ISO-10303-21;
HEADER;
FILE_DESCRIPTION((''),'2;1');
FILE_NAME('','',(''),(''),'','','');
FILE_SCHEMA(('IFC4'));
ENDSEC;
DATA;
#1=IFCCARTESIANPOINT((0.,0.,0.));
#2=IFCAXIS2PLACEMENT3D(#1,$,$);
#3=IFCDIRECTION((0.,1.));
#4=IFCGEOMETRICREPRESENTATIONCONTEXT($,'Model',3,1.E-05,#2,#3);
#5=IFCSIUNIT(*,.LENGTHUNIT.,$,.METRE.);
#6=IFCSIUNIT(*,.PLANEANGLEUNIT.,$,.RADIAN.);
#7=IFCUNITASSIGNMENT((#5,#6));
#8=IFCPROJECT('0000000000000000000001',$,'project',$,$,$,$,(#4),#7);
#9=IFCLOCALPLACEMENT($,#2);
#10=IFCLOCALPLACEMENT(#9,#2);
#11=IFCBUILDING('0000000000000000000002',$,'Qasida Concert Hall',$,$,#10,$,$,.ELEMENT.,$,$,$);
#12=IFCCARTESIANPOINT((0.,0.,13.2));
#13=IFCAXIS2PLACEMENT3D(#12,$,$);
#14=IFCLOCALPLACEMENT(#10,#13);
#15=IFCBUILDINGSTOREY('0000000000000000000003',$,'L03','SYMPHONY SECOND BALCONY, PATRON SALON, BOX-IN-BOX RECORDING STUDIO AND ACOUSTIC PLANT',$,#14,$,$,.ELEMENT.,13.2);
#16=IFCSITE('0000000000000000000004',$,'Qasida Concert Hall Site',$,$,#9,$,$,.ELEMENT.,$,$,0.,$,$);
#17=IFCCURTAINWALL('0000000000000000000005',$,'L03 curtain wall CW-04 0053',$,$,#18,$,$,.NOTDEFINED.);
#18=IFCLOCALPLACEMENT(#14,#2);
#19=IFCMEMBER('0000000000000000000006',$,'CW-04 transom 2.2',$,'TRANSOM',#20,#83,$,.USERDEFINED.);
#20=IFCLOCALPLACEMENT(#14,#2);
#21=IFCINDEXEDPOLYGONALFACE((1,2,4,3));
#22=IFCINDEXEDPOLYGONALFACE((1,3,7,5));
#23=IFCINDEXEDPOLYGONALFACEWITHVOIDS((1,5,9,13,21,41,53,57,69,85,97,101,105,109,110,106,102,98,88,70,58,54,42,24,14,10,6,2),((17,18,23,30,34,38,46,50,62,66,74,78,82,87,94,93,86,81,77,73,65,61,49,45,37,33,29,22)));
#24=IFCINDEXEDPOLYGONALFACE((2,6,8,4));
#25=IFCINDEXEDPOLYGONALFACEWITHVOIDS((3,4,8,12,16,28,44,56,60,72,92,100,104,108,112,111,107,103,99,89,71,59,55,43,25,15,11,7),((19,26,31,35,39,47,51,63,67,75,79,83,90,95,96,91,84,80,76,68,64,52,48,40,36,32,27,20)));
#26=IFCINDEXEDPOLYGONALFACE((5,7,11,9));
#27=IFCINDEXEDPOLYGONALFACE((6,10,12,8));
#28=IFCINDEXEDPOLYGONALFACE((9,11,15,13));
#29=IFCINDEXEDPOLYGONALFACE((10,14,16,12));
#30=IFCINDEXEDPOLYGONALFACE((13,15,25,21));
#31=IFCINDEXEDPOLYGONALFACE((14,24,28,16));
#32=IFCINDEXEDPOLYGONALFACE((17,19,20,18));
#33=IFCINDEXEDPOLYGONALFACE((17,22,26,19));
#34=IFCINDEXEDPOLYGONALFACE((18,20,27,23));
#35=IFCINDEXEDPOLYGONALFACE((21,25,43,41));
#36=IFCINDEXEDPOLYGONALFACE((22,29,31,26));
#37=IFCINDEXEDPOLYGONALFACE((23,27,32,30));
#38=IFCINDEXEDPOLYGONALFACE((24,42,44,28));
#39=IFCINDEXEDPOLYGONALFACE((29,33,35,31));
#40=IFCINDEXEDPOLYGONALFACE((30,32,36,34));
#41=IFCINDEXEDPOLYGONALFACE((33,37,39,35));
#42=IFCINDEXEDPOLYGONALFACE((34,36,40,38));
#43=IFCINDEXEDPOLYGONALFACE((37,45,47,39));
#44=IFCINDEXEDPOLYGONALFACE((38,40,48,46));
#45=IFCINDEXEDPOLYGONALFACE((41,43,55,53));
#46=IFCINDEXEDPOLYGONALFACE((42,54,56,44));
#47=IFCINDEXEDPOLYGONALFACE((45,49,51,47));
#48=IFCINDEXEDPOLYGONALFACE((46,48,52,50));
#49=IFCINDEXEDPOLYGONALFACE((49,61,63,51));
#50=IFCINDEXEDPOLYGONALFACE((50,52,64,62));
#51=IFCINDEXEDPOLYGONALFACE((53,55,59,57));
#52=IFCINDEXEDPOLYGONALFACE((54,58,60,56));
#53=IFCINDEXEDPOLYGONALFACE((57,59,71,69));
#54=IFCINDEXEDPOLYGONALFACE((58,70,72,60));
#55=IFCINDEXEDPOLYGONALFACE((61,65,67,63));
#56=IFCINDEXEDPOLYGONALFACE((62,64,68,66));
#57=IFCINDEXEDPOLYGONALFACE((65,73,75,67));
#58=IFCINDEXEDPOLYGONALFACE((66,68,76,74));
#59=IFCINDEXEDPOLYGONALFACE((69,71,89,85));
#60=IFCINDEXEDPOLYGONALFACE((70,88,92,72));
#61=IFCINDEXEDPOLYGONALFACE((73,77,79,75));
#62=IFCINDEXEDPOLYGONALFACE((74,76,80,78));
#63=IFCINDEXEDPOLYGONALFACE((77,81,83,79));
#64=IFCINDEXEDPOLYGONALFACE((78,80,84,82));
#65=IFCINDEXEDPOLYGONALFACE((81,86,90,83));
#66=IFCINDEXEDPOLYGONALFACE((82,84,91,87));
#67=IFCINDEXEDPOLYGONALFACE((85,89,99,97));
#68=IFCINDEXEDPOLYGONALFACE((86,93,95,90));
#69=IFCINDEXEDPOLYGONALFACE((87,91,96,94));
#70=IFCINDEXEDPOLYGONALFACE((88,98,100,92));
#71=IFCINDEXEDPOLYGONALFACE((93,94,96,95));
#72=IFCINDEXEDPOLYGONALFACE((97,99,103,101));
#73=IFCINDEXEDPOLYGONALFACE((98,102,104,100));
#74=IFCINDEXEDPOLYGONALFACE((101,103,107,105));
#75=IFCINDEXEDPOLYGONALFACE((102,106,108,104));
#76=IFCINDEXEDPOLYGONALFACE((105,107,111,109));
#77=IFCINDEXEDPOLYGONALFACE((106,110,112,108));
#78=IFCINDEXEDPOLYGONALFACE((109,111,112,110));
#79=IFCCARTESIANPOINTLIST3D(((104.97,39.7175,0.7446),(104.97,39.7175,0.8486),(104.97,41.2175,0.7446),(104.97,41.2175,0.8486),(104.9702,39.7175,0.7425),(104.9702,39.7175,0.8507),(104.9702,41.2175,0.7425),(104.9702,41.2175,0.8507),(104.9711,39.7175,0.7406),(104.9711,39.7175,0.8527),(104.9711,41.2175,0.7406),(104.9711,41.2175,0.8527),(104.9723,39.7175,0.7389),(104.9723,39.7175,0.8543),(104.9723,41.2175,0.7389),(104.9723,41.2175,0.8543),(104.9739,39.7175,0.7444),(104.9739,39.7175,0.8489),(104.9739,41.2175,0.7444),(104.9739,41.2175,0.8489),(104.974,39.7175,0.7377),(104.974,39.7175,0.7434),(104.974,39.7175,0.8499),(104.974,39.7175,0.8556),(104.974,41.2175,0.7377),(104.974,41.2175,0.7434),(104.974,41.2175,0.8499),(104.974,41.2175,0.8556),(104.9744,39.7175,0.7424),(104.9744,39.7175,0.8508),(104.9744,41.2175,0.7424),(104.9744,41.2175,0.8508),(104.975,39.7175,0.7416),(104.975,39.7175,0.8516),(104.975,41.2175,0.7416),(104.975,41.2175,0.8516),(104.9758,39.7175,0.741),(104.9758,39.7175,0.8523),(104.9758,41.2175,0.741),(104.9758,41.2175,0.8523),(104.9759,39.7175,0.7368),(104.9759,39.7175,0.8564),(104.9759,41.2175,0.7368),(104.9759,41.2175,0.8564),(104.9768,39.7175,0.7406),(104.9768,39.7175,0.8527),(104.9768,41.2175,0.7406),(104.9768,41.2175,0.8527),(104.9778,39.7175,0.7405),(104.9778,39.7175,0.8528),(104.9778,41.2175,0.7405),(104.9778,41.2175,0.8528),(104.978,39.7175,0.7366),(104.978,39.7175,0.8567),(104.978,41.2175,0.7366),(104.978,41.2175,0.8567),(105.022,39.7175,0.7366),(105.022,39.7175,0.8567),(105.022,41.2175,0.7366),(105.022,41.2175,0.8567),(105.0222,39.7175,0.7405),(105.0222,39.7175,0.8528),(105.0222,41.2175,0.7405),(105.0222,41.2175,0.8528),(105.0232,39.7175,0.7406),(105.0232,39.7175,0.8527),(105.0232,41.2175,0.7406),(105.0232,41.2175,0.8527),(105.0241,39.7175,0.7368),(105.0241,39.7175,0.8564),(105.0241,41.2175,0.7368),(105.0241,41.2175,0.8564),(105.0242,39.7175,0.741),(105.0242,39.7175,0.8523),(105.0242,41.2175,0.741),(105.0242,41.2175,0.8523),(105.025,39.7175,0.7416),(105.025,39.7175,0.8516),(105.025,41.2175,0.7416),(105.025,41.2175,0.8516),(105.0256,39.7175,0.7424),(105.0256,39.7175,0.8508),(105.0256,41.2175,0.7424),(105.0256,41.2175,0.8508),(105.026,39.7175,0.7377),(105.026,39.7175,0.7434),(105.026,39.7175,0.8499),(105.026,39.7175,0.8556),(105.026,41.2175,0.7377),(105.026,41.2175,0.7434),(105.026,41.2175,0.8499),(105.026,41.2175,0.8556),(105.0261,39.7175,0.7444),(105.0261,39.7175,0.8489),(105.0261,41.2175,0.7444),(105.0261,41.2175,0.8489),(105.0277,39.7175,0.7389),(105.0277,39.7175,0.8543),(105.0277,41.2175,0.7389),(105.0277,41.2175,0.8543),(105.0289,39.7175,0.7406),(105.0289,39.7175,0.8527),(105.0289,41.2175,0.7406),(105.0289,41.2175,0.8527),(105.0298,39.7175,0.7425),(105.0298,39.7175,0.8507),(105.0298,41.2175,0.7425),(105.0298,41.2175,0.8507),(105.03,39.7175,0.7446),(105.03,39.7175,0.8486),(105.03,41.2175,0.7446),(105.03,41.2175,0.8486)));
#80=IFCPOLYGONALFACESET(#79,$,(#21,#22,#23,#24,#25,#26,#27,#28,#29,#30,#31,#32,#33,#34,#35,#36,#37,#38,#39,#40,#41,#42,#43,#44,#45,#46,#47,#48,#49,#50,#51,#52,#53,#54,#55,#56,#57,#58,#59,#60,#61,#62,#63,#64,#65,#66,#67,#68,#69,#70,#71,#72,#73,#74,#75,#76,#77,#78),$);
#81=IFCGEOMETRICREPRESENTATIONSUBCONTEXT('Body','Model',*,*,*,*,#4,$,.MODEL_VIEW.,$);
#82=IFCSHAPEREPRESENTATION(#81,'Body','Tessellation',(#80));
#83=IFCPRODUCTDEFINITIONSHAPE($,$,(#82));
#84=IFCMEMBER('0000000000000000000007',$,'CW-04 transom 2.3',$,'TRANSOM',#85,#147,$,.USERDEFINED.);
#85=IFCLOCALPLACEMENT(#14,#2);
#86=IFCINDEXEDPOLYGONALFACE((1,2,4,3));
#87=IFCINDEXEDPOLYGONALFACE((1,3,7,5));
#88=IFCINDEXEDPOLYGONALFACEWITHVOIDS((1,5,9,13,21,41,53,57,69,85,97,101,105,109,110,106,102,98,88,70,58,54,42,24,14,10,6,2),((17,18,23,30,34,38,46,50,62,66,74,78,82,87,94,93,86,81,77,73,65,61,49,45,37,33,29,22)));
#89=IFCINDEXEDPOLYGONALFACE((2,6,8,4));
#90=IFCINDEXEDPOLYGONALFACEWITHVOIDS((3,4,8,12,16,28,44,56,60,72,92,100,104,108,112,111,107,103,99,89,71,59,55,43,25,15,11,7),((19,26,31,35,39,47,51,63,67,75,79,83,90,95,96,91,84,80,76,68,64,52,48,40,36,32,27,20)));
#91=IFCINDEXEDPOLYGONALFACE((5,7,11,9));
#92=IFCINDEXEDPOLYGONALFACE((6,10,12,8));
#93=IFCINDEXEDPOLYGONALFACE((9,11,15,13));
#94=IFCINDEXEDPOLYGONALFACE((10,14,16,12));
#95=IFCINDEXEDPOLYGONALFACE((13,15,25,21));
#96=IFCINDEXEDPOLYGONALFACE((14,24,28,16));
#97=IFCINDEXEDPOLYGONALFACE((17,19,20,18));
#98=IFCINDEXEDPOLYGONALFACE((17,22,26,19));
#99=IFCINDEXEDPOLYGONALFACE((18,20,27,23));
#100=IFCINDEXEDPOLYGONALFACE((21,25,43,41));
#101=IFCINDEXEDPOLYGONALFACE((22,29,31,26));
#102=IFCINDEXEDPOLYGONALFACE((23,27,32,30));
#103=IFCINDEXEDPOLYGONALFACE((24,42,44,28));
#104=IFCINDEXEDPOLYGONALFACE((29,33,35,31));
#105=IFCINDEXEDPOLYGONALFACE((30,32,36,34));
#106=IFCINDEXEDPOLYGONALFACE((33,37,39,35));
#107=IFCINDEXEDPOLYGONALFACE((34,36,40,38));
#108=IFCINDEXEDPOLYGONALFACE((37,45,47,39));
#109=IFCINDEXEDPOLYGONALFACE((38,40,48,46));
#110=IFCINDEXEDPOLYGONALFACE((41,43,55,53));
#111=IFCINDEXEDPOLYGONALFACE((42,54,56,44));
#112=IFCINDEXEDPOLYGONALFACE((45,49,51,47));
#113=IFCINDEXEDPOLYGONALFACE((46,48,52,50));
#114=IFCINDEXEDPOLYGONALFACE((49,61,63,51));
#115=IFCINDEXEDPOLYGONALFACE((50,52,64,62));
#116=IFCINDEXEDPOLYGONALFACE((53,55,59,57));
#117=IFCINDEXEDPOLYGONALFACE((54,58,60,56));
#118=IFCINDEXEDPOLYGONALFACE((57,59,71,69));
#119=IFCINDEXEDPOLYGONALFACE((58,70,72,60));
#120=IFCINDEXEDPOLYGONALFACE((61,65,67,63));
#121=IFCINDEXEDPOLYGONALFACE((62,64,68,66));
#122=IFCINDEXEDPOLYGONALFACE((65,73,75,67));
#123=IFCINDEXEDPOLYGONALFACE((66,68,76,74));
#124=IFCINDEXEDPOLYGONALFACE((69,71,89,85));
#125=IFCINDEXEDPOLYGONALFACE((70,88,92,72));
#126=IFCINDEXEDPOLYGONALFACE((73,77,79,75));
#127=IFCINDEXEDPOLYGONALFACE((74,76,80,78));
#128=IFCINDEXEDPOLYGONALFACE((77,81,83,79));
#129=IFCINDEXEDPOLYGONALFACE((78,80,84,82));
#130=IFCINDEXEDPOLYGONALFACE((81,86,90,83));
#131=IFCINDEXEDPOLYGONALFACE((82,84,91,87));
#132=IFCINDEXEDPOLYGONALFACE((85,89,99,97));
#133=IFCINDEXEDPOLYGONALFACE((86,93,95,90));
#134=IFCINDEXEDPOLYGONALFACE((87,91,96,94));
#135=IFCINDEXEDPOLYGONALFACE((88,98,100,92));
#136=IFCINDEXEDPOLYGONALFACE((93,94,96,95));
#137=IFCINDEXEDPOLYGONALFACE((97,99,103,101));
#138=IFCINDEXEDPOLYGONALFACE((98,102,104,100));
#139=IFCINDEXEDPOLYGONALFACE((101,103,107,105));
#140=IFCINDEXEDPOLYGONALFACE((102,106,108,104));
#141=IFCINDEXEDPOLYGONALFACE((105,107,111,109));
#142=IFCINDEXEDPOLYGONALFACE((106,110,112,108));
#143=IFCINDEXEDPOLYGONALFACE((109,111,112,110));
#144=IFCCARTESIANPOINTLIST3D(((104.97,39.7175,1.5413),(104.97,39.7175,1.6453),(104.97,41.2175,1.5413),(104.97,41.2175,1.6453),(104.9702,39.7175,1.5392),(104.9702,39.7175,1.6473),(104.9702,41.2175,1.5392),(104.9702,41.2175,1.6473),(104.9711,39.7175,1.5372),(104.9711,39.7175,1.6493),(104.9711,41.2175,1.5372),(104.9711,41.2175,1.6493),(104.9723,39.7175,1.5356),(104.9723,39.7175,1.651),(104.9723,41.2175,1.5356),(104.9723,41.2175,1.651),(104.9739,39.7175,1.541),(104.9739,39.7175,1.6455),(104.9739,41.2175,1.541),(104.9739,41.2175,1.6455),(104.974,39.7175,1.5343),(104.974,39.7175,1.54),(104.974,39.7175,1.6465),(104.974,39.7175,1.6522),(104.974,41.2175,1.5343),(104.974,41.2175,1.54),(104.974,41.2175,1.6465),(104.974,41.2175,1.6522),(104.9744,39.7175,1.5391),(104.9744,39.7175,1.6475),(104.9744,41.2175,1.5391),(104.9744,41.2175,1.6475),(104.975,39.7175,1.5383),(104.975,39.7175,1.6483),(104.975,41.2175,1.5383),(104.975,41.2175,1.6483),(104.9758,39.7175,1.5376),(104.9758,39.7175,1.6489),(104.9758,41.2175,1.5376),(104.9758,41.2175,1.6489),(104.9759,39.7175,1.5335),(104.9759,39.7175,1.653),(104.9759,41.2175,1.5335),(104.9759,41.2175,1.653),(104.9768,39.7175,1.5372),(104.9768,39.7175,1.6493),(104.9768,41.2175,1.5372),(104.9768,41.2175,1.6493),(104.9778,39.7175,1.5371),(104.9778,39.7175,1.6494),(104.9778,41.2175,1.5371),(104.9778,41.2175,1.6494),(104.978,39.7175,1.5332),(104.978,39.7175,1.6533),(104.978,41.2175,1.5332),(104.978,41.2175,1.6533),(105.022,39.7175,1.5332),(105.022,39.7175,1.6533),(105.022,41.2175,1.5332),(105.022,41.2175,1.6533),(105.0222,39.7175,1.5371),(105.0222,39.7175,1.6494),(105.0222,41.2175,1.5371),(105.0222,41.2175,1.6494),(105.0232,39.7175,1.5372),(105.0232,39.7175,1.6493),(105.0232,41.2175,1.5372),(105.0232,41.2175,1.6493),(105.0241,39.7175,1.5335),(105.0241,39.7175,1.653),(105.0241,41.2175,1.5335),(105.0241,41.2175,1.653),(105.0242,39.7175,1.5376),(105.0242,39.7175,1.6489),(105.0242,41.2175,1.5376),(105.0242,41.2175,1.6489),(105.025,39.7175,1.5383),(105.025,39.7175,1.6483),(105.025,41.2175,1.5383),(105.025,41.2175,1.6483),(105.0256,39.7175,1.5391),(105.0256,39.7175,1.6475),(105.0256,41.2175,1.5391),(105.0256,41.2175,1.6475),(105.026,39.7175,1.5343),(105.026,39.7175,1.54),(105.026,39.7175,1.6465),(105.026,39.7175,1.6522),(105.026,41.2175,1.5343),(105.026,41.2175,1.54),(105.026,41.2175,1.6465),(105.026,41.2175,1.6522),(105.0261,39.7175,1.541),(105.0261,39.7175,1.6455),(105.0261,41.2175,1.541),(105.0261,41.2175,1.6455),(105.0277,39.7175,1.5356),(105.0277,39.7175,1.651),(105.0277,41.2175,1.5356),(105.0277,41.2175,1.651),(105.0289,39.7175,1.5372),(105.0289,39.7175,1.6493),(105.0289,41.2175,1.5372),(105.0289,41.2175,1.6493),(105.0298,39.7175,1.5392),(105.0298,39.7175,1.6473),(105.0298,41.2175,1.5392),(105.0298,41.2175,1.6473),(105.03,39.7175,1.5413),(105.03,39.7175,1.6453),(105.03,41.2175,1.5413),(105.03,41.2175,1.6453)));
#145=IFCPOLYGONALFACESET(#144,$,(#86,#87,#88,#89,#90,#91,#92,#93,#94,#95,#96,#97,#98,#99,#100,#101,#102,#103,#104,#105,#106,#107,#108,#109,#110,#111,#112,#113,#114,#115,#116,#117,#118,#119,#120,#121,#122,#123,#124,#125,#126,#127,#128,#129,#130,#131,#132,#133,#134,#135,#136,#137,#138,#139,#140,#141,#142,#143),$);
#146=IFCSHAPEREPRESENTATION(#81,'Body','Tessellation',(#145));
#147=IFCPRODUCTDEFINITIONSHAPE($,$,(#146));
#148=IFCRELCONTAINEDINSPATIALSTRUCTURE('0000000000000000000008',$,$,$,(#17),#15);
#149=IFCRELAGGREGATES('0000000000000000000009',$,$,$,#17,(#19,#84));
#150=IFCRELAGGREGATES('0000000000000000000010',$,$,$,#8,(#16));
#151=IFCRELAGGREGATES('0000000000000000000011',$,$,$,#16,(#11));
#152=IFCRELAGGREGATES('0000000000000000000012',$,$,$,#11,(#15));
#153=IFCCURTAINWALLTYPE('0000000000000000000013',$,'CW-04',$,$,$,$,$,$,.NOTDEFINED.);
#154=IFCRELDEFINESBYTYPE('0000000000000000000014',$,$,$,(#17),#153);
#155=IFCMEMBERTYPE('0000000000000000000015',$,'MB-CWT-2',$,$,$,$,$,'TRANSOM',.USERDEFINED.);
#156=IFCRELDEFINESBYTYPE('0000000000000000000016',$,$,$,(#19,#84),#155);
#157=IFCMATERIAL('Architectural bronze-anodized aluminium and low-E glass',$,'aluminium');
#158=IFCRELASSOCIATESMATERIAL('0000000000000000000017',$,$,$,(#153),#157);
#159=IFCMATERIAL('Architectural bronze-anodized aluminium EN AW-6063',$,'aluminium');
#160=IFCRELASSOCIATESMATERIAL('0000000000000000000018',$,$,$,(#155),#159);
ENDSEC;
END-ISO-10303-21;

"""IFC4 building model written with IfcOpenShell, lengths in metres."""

from ifc_helpers import new_model, si_unit, direction, frame, origin, origin_2d, place, context, subcontext, project, spatial, hollow_rectangle, extrude, material, material_profile, profile_set, type_object, element, aggregate, save


model = new_model("IFC4")

# Units and contexts
model_context = context("Model", 3, precision=1e-05, world=origin(), true_north=direction((0.0, 1.0)))
body_context = subcontext(model_context, "Body", "Model", "MODEL_VIEW")
ifc_project = project(units=[si_unit("LENGTHUNIT", "METRE"), si_unit("PLANEANGLEUNIT", "RADIAN")], contexts=[model_context])

# Site, building, storey
site_placement = place(None, origin())
site = spatial("IfcSite", under=ifc_project, at=site_placement, Name="Qasida Concert Hall Site", CompositionType="ELEMENT", RefElevation=0.0)
building_placement = place(site_placement, origin())
building = spatial("IfcBuilding", under=site, at=building_placement, Name="Qasida Concert Hall", CompositionType="ELEMENT")
storey_placement = place(building_placement, frame((0.0, 0.0, 13.2)))
storey = spatial("IfcBuildingStorey", under=building, at=storey_placement, Name="L03", Description="SYMPHONY SECOND BALCONY, PATRON SALON, BOX-IN-BOX RECORDING STUDIO AND ACOUSTIC PLANT", CompositionType="ELEMENT", Elevation=13.2)

# Curtain wall
ifc_material_1 = material(Name="Architectural bronze-anodized aluminium and low-E glass", Category="aluminium")
curtain_wall_type = type_object("IfcCurtainWallType", Name="CW-04", PredefinedType="NOTDEFINED", material=ifc_material_1)
ifc_material_2 = material(Name="Architectural bronze-anodized aluminium EN AW-6063", Category="aluminium")
curtain_wall_1_placement = place(storey_placement, origin())
curtain_wall_1 = element("IfcCurtainWall", 1, at=curtain_wall_1_placement, inside=storey, type_object=curtain_wall_type, Name="L03 curtain wall CW-04 0053", PredefinedType="NOTDEFINED")

# Members
ifc_material_profile_1 = material_profile(ifc_material_2, hollow_rectangle(XDim=0.0601, YDim=0.1201, WallThickness=0.0039, InnerFilletRadius=0.0039, OuterFilletRadius=0.0081, at=origin_2d()), Name="CWT 120x60x4")
ifc_profile_set_1 = profile_set([ifc_material_profile_1], Name="Architectural bronze-anodized aluminium EN AW-6063")
member_type_1 = type_object("IfcMemberType", Name="MB-CWT-2", ElementType="TRANSOM", PredefinedType="USERDEFINED", material=ifc_profile_set_1)
member_1_placement = place(storey_placement, frame((105.0, 39.7175, 0.7966), z_axis=(0.0, 1.0, 0.0), x_axis=(-1.0, 0.0, 0.0)))
member_1 = element("IfcMember", 2, at=member_1_placement, type_object=member_type_1, Name="CW-04 transom 2.2", ObjectType="TRANSOM", PredefinedType="USERDEFINED", context=body_context, shape_type="SweptSolid", body=[
    extrude(hollow_rectangle(XDim=0.0601, YDim=0.1201, WallThickness=0.0039, InnerFilletRadius=0.0039, OuterFilletRadius=0.0081, at=origin_2d()), origin(), (0.0, 0.0, 1.0), 1.5),
])
member_2_placement = place(storey_placement, frame((105.0, 39.7175, 1.5933), z_axis=(0.0, 1.0, 0.0), x_axis=(-1.0, 0.0, 0.0)))
member_2 = element("IfcMember", 3, at=member_2_placement, type_object=member_type_1, Name="CW-04 transom 2.3", ObjectType="TRANSOM", PredefinedType="USERDEFINED", context=body_context, shape_type="SweptSolid", body=[
    extrude(hollow_rectangle(XDim=0.0601, YDim=0.1201, WallThickness=0.0039, InnerFilletRadius=0.0039, OuterFilletRadius=0.0081, at=origin_2d()), origin(), (0.0, 0.0, 1.0), 1.5),
])

aggregate(curtain_wall_1, [member_1, member_2])

save(model, "model.ifc")
